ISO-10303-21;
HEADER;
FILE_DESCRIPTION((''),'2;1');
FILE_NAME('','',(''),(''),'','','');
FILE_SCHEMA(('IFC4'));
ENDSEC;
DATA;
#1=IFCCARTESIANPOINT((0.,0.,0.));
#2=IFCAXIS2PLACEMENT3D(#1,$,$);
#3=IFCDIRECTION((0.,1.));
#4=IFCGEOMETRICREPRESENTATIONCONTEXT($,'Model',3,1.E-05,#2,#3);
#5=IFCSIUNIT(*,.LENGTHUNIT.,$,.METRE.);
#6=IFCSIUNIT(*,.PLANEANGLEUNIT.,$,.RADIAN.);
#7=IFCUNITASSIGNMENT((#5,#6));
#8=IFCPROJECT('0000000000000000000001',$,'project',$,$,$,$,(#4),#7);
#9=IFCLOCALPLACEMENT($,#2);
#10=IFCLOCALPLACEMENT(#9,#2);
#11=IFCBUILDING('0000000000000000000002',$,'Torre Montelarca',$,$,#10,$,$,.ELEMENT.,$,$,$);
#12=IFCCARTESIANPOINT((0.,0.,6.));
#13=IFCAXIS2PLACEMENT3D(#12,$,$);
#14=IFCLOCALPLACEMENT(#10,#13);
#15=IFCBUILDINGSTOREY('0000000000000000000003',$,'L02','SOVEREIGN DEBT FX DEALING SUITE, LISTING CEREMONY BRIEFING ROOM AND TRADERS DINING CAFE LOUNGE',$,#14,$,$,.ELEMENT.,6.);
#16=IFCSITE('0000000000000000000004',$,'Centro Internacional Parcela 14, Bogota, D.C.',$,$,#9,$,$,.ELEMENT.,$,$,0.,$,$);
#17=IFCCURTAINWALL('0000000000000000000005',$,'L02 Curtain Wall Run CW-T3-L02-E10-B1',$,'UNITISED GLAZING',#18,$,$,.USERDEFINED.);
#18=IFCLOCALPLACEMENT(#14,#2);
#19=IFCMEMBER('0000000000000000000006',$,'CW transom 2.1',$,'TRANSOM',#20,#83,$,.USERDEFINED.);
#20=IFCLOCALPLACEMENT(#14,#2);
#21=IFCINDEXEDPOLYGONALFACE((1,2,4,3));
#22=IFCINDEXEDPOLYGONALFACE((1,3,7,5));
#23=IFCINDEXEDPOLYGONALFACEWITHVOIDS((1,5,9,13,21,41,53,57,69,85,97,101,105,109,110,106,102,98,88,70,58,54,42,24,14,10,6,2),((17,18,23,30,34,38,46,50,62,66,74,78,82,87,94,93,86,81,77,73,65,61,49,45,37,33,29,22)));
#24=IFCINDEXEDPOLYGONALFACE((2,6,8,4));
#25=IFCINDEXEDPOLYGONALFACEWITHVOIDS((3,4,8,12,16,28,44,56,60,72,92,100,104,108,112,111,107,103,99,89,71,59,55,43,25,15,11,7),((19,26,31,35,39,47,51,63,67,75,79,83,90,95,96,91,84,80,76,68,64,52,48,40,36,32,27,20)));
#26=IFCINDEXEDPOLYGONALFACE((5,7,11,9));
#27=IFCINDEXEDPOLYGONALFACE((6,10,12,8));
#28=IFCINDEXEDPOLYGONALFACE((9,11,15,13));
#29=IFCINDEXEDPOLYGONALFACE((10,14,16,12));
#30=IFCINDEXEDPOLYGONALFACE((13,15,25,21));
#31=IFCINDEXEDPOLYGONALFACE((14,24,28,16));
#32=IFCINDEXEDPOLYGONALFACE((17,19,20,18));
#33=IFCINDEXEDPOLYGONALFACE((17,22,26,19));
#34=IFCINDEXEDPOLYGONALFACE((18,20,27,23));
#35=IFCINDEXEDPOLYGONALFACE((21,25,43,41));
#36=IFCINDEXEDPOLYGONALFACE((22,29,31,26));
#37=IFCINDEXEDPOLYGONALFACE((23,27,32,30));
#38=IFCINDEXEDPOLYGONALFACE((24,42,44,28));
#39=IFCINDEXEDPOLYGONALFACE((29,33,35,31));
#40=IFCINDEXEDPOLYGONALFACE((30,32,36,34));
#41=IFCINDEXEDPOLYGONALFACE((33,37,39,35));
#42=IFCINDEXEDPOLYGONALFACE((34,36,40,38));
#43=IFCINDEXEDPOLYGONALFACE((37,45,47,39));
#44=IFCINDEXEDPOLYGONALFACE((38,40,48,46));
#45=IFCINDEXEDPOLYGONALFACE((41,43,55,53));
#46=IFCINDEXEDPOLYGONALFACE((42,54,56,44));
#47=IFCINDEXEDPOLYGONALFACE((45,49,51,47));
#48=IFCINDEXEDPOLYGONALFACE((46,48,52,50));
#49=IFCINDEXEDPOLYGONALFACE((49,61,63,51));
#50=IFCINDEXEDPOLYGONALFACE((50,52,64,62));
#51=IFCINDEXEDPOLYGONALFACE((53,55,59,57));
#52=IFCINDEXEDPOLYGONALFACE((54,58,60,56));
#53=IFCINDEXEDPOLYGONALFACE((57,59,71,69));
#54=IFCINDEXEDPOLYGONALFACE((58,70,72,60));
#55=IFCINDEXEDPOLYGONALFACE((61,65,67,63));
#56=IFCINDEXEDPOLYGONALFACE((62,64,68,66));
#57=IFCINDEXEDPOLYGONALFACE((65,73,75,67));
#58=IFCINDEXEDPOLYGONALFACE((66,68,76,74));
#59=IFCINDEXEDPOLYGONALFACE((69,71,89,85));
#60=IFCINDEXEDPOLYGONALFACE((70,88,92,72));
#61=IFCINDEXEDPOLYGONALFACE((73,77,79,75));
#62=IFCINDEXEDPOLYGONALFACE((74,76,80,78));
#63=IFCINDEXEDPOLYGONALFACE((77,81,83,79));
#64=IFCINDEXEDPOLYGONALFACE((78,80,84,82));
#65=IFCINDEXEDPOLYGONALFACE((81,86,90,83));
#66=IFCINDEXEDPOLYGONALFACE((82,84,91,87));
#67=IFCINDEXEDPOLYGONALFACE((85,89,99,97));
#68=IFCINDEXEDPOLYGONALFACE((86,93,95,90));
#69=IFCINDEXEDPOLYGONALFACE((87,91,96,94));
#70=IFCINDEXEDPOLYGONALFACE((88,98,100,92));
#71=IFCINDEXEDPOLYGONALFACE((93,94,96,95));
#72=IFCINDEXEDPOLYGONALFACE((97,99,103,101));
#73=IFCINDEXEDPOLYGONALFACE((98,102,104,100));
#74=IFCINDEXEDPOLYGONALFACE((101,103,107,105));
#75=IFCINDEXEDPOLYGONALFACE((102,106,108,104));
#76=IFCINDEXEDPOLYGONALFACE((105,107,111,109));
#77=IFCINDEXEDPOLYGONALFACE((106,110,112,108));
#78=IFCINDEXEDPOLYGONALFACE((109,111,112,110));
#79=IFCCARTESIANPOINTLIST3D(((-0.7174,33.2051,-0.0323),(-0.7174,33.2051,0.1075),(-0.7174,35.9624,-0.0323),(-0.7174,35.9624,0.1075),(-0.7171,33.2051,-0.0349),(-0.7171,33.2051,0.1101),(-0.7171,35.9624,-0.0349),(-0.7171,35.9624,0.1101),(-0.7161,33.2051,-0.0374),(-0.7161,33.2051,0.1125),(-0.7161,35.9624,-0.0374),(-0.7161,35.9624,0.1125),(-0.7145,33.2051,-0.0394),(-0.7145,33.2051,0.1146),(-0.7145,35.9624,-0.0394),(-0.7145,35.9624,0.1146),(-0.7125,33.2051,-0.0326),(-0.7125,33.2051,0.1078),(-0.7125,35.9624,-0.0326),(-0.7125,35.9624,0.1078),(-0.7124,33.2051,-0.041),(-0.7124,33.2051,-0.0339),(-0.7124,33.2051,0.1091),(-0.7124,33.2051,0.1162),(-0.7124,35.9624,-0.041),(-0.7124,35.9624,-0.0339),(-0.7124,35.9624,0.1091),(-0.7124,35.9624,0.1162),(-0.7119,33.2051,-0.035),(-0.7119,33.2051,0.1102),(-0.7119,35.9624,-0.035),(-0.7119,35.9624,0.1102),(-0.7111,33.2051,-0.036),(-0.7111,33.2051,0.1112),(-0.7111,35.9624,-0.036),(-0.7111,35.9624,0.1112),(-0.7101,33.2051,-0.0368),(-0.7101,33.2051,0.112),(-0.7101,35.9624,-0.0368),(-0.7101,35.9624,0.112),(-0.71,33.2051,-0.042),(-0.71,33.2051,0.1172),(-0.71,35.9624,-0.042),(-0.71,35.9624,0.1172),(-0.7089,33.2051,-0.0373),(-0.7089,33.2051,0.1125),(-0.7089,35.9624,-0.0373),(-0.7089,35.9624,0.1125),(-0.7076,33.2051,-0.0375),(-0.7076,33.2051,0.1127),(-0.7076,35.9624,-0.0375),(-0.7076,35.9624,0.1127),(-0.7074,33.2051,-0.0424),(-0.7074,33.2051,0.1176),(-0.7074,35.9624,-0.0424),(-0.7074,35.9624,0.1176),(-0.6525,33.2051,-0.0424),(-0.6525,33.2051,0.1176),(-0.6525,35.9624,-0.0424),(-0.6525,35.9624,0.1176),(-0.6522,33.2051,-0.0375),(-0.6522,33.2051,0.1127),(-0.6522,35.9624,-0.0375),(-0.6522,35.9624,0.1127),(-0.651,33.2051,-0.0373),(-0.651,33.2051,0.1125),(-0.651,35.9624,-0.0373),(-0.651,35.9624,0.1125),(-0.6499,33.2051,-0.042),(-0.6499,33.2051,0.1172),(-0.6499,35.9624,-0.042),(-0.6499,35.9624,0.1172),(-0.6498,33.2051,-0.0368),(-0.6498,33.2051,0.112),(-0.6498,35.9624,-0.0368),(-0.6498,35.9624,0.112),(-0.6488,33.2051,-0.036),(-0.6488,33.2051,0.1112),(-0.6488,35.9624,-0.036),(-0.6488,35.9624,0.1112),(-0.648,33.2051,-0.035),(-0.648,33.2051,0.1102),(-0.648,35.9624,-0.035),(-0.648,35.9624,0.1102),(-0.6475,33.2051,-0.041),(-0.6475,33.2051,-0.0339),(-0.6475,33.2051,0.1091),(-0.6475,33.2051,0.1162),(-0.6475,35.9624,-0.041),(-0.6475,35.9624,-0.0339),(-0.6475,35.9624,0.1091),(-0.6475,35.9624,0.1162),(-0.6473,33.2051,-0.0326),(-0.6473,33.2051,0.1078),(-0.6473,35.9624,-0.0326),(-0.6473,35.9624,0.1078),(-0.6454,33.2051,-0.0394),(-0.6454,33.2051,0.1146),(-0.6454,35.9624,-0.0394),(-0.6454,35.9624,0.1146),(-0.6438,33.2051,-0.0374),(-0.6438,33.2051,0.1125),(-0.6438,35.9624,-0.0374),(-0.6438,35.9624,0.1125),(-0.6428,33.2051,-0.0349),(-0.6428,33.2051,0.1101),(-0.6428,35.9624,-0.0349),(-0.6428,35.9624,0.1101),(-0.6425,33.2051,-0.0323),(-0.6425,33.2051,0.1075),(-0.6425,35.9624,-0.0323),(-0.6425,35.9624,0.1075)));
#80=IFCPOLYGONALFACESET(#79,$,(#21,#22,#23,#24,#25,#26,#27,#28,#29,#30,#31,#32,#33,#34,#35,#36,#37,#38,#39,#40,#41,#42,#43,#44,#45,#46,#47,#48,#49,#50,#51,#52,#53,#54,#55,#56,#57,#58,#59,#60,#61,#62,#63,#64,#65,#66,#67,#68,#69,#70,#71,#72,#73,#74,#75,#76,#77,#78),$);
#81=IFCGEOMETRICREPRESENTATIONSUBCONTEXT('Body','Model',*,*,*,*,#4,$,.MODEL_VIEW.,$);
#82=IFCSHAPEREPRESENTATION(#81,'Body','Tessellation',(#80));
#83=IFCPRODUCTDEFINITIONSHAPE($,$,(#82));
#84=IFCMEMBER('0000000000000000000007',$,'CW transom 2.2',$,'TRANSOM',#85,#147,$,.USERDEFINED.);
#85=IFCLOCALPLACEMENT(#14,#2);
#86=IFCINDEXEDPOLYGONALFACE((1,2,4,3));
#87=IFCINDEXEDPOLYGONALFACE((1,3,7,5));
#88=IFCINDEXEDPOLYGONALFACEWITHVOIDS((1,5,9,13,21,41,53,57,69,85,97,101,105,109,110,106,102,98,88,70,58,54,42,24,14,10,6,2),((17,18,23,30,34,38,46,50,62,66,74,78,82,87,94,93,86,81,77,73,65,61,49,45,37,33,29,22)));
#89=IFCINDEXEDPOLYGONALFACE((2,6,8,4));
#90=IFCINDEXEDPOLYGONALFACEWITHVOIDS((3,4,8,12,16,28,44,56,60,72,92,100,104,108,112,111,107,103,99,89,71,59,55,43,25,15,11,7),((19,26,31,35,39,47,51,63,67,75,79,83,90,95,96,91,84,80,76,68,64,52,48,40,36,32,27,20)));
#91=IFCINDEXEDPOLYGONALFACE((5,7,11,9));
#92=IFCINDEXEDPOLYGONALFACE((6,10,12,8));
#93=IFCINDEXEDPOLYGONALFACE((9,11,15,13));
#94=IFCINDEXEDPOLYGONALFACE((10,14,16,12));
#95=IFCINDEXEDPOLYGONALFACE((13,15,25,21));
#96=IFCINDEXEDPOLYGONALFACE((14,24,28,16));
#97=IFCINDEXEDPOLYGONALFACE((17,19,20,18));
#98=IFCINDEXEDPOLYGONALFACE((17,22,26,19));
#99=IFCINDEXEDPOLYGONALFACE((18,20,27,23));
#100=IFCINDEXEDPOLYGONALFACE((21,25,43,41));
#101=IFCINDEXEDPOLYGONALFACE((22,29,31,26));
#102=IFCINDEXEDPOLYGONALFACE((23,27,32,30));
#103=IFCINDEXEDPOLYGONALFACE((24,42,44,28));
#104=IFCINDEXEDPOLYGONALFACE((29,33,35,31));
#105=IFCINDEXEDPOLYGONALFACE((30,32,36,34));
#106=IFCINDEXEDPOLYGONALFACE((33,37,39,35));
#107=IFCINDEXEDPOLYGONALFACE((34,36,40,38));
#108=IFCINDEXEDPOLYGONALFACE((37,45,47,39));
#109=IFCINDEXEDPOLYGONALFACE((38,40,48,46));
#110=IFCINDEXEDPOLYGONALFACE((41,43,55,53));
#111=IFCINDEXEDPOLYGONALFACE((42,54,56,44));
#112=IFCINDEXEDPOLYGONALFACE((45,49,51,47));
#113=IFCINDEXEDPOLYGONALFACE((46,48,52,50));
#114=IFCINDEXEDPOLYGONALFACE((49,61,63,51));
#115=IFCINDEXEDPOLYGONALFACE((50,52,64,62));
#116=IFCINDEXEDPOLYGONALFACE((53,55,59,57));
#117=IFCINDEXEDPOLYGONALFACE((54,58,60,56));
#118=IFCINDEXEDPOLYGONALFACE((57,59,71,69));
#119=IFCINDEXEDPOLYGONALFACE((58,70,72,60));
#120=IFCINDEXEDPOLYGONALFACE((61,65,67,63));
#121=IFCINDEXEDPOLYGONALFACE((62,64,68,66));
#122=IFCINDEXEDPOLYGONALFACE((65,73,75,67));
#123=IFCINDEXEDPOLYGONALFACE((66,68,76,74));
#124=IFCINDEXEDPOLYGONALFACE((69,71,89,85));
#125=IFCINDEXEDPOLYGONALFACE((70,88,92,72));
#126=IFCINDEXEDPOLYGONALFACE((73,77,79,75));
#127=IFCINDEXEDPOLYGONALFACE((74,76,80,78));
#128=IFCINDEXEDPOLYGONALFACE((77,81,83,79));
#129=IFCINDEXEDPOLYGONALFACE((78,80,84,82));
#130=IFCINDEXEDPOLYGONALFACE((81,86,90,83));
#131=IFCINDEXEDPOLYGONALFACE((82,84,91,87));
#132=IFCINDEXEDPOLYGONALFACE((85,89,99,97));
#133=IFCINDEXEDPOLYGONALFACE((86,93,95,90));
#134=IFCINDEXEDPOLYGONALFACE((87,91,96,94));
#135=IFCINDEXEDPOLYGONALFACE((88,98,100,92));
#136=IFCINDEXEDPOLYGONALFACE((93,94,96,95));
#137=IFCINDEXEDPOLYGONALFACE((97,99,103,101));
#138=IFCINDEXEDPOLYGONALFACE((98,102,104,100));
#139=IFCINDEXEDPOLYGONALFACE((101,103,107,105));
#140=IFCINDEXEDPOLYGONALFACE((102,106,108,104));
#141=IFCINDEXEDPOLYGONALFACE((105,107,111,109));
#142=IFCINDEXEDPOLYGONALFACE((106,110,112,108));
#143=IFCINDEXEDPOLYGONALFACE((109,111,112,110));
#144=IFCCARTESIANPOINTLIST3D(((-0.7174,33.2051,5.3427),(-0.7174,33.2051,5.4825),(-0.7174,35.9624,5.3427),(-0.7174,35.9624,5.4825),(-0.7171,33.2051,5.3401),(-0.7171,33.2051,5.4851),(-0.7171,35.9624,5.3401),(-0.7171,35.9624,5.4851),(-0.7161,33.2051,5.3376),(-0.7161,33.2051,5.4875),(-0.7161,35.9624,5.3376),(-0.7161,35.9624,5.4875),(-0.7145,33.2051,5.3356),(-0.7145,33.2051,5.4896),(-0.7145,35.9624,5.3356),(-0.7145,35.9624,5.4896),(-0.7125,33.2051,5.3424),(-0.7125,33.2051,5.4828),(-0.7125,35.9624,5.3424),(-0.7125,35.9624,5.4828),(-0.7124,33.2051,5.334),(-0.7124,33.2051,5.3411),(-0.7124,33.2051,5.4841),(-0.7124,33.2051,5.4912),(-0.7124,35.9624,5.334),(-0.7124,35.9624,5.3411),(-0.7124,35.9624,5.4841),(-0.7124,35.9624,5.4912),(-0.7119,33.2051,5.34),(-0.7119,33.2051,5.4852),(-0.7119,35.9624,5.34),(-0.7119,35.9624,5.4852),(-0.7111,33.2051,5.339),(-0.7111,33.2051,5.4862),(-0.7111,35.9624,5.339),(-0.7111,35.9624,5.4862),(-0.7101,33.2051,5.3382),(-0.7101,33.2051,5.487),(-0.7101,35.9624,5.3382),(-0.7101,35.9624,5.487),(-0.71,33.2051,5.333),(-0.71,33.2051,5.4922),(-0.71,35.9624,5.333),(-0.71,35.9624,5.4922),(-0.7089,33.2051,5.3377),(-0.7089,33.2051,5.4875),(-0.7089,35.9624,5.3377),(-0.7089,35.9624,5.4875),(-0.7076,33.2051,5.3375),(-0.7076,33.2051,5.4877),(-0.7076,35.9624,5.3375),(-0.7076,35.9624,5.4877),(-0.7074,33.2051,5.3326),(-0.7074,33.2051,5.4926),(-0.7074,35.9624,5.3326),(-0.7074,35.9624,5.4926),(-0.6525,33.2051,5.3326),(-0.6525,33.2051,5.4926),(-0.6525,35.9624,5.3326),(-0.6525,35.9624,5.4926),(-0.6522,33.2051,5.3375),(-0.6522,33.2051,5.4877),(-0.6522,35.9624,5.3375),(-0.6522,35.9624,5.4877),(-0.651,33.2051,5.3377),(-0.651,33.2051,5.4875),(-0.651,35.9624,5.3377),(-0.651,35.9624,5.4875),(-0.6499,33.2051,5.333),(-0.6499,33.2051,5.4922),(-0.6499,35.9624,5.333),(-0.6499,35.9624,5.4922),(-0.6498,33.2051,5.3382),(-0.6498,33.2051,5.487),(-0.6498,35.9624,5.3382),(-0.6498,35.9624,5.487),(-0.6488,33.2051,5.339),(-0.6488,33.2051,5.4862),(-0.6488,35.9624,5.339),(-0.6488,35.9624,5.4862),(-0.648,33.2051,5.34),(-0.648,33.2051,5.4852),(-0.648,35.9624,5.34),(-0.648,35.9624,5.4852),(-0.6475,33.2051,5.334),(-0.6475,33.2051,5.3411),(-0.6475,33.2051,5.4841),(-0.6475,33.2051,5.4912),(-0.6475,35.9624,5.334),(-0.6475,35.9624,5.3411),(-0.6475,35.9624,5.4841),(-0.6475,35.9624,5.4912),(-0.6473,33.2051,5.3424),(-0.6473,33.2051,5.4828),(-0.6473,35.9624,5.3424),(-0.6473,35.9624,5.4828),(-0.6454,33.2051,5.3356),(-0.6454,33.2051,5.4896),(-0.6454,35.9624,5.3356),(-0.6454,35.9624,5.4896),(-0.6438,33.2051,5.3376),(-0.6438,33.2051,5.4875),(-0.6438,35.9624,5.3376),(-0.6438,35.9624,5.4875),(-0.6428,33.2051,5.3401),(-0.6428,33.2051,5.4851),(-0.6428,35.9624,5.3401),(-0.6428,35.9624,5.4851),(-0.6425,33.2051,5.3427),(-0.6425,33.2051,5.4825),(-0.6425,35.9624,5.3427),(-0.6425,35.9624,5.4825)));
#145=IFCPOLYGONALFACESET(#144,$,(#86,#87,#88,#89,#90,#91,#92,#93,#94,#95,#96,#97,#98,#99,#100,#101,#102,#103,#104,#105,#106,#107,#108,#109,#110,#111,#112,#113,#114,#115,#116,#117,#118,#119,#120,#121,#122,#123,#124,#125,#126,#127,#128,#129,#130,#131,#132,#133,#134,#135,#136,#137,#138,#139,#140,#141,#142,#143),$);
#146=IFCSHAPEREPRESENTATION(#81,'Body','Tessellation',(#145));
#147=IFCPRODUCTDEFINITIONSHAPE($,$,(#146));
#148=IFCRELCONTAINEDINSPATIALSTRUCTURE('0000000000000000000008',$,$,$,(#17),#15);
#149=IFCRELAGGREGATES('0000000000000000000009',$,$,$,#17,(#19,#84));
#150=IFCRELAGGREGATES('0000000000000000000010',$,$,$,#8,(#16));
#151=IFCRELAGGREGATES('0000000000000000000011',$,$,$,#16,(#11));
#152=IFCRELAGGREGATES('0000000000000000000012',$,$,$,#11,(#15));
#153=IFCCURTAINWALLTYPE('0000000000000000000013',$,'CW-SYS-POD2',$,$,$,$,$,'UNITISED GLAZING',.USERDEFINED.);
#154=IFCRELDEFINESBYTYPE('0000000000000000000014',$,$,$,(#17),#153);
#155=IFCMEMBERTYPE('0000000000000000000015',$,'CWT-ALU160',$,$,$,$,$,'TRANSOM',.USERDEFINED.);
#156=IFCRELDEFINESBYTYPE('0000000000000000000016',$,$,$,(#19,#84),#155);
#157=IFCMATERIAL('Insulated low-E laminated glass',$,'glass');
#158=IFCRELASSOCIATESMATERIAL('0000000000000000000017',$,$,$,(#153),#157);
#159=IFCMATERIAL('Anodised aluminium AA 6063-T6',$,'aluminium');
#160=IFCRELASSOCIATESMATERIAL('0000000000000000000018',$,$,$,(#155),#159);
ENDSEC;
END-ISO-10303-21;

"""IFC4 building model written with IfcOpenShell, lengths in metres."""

from ifc_helpers import new_model, si_unit, direction, frame, origin, origin_2d, place, context, subcontext, project, spatial, hollow_rectangle, extrude, source, transform, mapped, material, material_profile, profile_set, type_object, element, aggregate, save


model = new_model("IFC4")

# Units and contexts
model_context = context("Model", 3, precision=1e-05, world=origin(), true_north=direction((0.0, 1.0)))
body_context = subcontext(model_context, "Body", "Model", "MODEL_VIEW")
ifc_project = project(units=[si_unit("LENGTHUNIT", "METRE"), si_unit("PLANEANGLEUNIT", "RADIAN")], contexts=[model_context])

# Site, building, storey
site_placement = place(None, origin())
site = spatial("IfcSite", under=ifc_project, at=site_placement, Name="Centro Internacional Parcela 14, Bogota, D.C.", CompositionType="ELEMENT", RefElevation=0.0)
building_placement = place(site_placement, origin())
building = spatial("IfcBuilding", under=site, at=building_placement, Name="Torre Montelarca", CompositionType="ELEMENT")
storey_placement = place(building_placement, frame((0.0, 0.0, 6.0)))
storey = spatial("IfcBuildingStorey", under=building, at=storey_placement, Name="L02", Description="SOVEREIGN DEBT FX DEALING SUITE, LISTING CEREMONY BRIEFING ROOM AND TRADERS DINING CAFE LOUNGE", CompositionType="ELEMENT", Elevation=6.0)

# Curtain wall
ifc_material_1 = material(Name="Insulated low-E laminated glass", Category="glass")
curtain_wall_type = type_object("IfcCurtainWallType", Name="CW-SYS-POD2", ElementType="UNITISED GLAZING", PredefinedType="USERDEFINED", material=ifc_material_1)
curtain_wall_1_placement = place(storey_placement, origin())
curtain_wall_1 = element("IfcCurtainWall", 1, at=curtain_wall_1_placement, inside=storey, type_object=curtain_wall_type, Name="L02 Curtain Wall Run CW-T3-L02-E10-B1", ObjectType="UNITISED GLAZING", PredefinedType="USERDEFINED")
ifc_material_2 = material(Name="Anodised aluminium AA 6063-T6", Category="aluminium")

# Members
ifc_material_profile_1 = material_profile(ifc_material_2, hollow_rectangle(XDim=0.075, YDim=0.1599, WallThickness=0.0049, InnerFilletRadius=0.0049, OuterFilletRadius=0.01, at=origin_2d()), Name="ALU75X160X5", Category="aluminium")
ifc_profile_set_1 = profile_set([ifc_material_profile_1], Name="Anodised aluminium AA 6063-T6")
member_type_1 = type_object("IfcMemberType", Name="CWT-ALU160", ElementType="TRANSOM", PredefinedType="USERDEFINED", material=ifc_profile_set_1)
shared_shape_1 = source(origin(), body_context, "Body", "SweptSolid", [
    extrude(hollow_rectangle(XDim=0.075, YDim=0.1599, WallThickness=0.0049, InnerFilletRadius=0.0049, OuterFilletRadius=0.01, at=origin_2d()), origin(), (0.0, 0.0, 1.0), 2.7573),
])
member_1_placement = place(storey_placement, frame((-0.6799, 35.9624, 0.0376), z_axis=(0.0, -1.0, 0.0), x_axis=(1.0, 0.0, 0.0)))
member_1 = element("IfcMember", 2, at=member_1_placement, type_object=member_type_1, Name="CW transom 2.1", ObjectType="TRANSOM", PredefinedType="USERDEFINED", context=body_context, shape_type="MappedRepresentation", body=[
    mapped(shared_shape_1, transform((0.0, 0.0, 0.0), scale=1.0)),
])
member_2_placement = place(storey_placement, frame((-0.6799, 35.9624, 5.4126), z_axis=(0.0, -1.0, 0.0), x_axis=(1.0, 0.0, 0.0)))
member_2 = element("IfcMember", 3, at=member_2_placement, type_object=member_type_1, Name="CW transom 2.2", ObjectType="TRANSOM", PredefinedType="USERDEFINED", context=body_context, shape_type="MappedRepresentation", body=[
    mapped(shared_shape_1, transform((0.0, 0.0, 0.0), scale=1.0)),
])

aggregate(curtain_wall_1, [member_1, member_2])

save(model, "model.ifc")
